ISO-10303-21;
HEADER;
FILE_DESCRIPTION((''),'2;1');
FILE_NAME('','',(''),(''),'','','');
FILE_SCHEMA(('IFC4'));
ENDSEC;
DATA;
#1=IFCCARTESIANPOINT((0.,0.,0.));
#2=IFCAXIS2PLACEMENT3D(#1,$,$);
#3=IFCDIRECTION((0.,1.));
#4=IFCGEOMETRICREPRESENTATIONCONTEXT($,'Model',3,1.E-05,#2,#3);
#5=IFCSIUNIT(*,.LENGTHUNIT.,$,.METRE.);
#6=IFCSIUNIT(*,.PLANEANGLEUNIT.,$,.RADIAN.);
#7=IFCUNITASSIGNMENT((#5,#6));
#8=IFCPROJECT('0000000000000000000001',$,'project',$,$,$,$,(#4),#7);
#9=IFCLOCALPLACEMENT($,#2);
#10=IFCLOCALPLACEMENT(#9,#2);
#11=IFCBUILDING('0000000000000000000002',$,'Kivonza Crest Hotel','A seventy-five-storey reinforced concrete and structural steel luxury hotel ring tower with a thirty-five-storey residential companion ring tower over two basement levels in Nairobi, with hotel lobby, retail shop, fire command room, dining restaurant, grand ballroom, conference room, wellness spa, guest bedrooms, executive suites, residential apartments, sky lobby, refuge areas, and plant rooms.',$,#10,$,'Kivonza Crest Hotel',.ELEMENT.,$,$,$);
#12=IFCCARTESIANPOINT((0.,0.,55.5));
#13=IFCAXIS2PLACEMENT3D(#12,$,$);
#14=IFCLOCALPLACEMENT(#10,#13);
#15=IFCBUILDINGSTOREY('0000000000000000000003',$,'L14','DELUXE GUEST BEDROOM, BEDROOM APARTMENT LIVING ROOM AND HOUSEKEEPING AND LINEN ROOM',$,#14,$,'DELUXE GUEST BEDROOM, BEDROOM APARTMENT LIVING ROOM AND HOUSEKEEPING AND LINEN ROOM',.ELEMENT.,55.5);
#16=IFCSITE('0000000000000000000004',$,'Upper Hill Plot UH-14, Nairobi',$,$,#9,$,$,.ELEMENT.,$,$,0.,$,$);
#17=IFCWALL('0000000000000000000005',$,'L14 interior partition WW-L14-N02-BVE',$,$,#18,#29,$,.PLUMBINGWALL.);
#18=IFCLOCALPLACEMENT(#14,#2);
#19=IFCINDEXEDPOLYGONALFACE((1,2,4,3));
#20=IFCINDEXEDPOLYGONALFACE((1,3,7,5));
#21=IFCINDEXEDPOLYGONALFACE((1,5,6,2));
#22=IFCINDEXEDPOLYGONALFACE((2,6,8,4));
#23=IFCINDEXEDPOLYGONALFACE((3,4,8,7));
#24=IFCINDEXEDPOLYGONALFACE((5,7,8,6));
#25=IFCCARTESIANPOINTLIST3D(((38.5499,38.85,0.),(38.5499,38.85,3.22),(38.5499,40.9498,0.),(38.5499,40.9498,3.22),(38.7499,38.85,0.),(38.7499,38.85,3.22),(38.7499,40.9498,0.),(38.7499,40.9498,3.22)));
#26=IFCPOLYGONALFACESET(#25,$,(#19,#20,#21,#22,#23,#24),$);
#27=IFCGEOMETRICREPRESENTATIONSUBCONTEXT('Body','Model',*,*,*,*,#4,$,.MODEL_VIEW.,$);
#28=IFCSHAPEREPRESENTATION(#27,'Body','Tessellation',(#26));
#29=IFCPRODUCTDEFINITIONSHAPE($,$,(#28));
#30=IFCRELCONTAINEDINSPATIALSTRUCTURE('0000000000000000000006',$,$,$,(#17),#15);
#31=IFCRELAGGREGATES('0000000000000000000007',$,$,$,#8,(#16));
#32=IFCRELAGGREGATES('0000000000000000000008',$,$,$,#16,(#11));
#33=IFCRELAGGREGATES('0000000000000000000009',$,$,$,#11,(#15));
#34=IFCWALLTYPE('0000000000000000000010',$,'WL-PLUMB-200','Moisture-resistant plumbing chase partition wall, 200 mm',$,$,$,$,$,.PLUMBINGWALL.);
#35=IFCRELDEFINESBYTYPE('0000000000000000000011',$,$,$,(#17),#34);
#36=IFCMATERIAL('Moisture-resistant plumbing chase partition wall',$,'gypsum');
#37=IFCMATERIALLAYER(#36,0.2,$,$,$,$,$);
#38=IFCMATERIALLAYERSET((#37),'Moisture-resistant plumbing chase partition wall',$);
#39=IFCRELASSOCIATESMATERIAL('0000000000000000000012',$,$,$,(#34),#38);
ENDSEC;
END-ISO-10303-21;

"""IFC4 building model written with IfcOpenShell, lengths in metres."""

from ifc_helpers import new_model, si_unit, direction, frame, frame_2d, origin, place, context, subcontext, project, spatial, rectangle, extrude, material, layer, layer_set, type_object, element, save


model = new_model("IFC4")

# Units and contexts
model_context = context("Model", 3, precision=1e-05, world=origin(), true_north=direction((0.0, 1.0)))
body_context = subcontext(model_context, "Body", "Model", "MODEL_VIEW")
ifc_project = project(units=[si_unit("LENGTHUNIT", "METRE"), si_unit("PLANEANGLEUNIT", "RADIAN")], contexts=[model_context])

# Site, building, storey
site_placement = place(None, origin())
site = spatial("IfcSite", under=ifc_project, at=site_placement, Name="Upper Hill Plot UH-14, Nairobi", CompositionType="ELEMENT", RefElevation=0.0)
building_placement = place(site_placement, origin())
building = spatial("IfcBuilding", under=site, at=building_placement, Name="Kivonza Crest Hotel", Description="A seventy-five-storey reinforced concrete and structural steel luxury hotel ring tower with a thirty-five-storey residential companion ring tower over two basement levels in Nairobi, with hotel lobby, retail shop, fire command room, dining restaurant, grand ballroom, conference room, wellness spa, guest bedrooms, executive suites, residential apartments, sky lobby, refuge areas, and plant rooms.", LongName="Kivonza Crest Hotel", CompositionType="ELEMENT")
storey_placement = place(building_placement, frame((0.0, 0.0, 55.5)))
storey = spatial("IfcBuildingStorey", under=building, at=storey_placement, Name="L14", Description="DELUXE GUEST BEDROOM, BEDROOM APARTMENT LIVING ROOM AND HOUSEKEEPING AND LINEN ROOM", LongName="DELUXE GUEST BEDROOM, BEDROOM APARTMENT LIVING ROOM AND HOUSEKEEPING AND LINEN ROOM", CompositionType="ELEMENT", Elevation=55.5)

# Shared definitions
ifc_material_1 = material(Name="Moisture-resistant plumbing chase partition wall", Category="gypsum")
ifc_layer_1 = layer(ifc_material_1, 0.2)
ifc_layer_set_1 = layer_set([ifc_layer_1], Name="Moisture-resistant plumbing chase partition wall")
wall_type_1 = type_object("IfcWallType", Name="WL-PLUMB-200", Description="Moisture-resistant plumbing chase partition wall, 200 mm", PredefinedType="PLUMBINGWALL", material=ifc_layer_set_1)

# Wall
wall_1_placement = place(storey_placement, frame((38.6499, 38.8501, 0.0), z_axis=(0.0, 0.0, 1.0), x_axis=(0.0, 1.0, 0.0)))
element("IfcWall", 1, at=wall_1_placement, inside=storey, type_object=wall_type_1, Name="L14 interior partition WW-L14-N02-BVE", PredefinedType="PLUMBINGWALL", context=body_context, shape_type="SweptSolid", body=[
    extrude(rectangle(XDim=2.0999, YDim=0.2, at=frame_2d((1.0498, 0.0))), origin(), (0.0, 0.0, 1.0), 3.22),
])

save(model, "model.ifc")
